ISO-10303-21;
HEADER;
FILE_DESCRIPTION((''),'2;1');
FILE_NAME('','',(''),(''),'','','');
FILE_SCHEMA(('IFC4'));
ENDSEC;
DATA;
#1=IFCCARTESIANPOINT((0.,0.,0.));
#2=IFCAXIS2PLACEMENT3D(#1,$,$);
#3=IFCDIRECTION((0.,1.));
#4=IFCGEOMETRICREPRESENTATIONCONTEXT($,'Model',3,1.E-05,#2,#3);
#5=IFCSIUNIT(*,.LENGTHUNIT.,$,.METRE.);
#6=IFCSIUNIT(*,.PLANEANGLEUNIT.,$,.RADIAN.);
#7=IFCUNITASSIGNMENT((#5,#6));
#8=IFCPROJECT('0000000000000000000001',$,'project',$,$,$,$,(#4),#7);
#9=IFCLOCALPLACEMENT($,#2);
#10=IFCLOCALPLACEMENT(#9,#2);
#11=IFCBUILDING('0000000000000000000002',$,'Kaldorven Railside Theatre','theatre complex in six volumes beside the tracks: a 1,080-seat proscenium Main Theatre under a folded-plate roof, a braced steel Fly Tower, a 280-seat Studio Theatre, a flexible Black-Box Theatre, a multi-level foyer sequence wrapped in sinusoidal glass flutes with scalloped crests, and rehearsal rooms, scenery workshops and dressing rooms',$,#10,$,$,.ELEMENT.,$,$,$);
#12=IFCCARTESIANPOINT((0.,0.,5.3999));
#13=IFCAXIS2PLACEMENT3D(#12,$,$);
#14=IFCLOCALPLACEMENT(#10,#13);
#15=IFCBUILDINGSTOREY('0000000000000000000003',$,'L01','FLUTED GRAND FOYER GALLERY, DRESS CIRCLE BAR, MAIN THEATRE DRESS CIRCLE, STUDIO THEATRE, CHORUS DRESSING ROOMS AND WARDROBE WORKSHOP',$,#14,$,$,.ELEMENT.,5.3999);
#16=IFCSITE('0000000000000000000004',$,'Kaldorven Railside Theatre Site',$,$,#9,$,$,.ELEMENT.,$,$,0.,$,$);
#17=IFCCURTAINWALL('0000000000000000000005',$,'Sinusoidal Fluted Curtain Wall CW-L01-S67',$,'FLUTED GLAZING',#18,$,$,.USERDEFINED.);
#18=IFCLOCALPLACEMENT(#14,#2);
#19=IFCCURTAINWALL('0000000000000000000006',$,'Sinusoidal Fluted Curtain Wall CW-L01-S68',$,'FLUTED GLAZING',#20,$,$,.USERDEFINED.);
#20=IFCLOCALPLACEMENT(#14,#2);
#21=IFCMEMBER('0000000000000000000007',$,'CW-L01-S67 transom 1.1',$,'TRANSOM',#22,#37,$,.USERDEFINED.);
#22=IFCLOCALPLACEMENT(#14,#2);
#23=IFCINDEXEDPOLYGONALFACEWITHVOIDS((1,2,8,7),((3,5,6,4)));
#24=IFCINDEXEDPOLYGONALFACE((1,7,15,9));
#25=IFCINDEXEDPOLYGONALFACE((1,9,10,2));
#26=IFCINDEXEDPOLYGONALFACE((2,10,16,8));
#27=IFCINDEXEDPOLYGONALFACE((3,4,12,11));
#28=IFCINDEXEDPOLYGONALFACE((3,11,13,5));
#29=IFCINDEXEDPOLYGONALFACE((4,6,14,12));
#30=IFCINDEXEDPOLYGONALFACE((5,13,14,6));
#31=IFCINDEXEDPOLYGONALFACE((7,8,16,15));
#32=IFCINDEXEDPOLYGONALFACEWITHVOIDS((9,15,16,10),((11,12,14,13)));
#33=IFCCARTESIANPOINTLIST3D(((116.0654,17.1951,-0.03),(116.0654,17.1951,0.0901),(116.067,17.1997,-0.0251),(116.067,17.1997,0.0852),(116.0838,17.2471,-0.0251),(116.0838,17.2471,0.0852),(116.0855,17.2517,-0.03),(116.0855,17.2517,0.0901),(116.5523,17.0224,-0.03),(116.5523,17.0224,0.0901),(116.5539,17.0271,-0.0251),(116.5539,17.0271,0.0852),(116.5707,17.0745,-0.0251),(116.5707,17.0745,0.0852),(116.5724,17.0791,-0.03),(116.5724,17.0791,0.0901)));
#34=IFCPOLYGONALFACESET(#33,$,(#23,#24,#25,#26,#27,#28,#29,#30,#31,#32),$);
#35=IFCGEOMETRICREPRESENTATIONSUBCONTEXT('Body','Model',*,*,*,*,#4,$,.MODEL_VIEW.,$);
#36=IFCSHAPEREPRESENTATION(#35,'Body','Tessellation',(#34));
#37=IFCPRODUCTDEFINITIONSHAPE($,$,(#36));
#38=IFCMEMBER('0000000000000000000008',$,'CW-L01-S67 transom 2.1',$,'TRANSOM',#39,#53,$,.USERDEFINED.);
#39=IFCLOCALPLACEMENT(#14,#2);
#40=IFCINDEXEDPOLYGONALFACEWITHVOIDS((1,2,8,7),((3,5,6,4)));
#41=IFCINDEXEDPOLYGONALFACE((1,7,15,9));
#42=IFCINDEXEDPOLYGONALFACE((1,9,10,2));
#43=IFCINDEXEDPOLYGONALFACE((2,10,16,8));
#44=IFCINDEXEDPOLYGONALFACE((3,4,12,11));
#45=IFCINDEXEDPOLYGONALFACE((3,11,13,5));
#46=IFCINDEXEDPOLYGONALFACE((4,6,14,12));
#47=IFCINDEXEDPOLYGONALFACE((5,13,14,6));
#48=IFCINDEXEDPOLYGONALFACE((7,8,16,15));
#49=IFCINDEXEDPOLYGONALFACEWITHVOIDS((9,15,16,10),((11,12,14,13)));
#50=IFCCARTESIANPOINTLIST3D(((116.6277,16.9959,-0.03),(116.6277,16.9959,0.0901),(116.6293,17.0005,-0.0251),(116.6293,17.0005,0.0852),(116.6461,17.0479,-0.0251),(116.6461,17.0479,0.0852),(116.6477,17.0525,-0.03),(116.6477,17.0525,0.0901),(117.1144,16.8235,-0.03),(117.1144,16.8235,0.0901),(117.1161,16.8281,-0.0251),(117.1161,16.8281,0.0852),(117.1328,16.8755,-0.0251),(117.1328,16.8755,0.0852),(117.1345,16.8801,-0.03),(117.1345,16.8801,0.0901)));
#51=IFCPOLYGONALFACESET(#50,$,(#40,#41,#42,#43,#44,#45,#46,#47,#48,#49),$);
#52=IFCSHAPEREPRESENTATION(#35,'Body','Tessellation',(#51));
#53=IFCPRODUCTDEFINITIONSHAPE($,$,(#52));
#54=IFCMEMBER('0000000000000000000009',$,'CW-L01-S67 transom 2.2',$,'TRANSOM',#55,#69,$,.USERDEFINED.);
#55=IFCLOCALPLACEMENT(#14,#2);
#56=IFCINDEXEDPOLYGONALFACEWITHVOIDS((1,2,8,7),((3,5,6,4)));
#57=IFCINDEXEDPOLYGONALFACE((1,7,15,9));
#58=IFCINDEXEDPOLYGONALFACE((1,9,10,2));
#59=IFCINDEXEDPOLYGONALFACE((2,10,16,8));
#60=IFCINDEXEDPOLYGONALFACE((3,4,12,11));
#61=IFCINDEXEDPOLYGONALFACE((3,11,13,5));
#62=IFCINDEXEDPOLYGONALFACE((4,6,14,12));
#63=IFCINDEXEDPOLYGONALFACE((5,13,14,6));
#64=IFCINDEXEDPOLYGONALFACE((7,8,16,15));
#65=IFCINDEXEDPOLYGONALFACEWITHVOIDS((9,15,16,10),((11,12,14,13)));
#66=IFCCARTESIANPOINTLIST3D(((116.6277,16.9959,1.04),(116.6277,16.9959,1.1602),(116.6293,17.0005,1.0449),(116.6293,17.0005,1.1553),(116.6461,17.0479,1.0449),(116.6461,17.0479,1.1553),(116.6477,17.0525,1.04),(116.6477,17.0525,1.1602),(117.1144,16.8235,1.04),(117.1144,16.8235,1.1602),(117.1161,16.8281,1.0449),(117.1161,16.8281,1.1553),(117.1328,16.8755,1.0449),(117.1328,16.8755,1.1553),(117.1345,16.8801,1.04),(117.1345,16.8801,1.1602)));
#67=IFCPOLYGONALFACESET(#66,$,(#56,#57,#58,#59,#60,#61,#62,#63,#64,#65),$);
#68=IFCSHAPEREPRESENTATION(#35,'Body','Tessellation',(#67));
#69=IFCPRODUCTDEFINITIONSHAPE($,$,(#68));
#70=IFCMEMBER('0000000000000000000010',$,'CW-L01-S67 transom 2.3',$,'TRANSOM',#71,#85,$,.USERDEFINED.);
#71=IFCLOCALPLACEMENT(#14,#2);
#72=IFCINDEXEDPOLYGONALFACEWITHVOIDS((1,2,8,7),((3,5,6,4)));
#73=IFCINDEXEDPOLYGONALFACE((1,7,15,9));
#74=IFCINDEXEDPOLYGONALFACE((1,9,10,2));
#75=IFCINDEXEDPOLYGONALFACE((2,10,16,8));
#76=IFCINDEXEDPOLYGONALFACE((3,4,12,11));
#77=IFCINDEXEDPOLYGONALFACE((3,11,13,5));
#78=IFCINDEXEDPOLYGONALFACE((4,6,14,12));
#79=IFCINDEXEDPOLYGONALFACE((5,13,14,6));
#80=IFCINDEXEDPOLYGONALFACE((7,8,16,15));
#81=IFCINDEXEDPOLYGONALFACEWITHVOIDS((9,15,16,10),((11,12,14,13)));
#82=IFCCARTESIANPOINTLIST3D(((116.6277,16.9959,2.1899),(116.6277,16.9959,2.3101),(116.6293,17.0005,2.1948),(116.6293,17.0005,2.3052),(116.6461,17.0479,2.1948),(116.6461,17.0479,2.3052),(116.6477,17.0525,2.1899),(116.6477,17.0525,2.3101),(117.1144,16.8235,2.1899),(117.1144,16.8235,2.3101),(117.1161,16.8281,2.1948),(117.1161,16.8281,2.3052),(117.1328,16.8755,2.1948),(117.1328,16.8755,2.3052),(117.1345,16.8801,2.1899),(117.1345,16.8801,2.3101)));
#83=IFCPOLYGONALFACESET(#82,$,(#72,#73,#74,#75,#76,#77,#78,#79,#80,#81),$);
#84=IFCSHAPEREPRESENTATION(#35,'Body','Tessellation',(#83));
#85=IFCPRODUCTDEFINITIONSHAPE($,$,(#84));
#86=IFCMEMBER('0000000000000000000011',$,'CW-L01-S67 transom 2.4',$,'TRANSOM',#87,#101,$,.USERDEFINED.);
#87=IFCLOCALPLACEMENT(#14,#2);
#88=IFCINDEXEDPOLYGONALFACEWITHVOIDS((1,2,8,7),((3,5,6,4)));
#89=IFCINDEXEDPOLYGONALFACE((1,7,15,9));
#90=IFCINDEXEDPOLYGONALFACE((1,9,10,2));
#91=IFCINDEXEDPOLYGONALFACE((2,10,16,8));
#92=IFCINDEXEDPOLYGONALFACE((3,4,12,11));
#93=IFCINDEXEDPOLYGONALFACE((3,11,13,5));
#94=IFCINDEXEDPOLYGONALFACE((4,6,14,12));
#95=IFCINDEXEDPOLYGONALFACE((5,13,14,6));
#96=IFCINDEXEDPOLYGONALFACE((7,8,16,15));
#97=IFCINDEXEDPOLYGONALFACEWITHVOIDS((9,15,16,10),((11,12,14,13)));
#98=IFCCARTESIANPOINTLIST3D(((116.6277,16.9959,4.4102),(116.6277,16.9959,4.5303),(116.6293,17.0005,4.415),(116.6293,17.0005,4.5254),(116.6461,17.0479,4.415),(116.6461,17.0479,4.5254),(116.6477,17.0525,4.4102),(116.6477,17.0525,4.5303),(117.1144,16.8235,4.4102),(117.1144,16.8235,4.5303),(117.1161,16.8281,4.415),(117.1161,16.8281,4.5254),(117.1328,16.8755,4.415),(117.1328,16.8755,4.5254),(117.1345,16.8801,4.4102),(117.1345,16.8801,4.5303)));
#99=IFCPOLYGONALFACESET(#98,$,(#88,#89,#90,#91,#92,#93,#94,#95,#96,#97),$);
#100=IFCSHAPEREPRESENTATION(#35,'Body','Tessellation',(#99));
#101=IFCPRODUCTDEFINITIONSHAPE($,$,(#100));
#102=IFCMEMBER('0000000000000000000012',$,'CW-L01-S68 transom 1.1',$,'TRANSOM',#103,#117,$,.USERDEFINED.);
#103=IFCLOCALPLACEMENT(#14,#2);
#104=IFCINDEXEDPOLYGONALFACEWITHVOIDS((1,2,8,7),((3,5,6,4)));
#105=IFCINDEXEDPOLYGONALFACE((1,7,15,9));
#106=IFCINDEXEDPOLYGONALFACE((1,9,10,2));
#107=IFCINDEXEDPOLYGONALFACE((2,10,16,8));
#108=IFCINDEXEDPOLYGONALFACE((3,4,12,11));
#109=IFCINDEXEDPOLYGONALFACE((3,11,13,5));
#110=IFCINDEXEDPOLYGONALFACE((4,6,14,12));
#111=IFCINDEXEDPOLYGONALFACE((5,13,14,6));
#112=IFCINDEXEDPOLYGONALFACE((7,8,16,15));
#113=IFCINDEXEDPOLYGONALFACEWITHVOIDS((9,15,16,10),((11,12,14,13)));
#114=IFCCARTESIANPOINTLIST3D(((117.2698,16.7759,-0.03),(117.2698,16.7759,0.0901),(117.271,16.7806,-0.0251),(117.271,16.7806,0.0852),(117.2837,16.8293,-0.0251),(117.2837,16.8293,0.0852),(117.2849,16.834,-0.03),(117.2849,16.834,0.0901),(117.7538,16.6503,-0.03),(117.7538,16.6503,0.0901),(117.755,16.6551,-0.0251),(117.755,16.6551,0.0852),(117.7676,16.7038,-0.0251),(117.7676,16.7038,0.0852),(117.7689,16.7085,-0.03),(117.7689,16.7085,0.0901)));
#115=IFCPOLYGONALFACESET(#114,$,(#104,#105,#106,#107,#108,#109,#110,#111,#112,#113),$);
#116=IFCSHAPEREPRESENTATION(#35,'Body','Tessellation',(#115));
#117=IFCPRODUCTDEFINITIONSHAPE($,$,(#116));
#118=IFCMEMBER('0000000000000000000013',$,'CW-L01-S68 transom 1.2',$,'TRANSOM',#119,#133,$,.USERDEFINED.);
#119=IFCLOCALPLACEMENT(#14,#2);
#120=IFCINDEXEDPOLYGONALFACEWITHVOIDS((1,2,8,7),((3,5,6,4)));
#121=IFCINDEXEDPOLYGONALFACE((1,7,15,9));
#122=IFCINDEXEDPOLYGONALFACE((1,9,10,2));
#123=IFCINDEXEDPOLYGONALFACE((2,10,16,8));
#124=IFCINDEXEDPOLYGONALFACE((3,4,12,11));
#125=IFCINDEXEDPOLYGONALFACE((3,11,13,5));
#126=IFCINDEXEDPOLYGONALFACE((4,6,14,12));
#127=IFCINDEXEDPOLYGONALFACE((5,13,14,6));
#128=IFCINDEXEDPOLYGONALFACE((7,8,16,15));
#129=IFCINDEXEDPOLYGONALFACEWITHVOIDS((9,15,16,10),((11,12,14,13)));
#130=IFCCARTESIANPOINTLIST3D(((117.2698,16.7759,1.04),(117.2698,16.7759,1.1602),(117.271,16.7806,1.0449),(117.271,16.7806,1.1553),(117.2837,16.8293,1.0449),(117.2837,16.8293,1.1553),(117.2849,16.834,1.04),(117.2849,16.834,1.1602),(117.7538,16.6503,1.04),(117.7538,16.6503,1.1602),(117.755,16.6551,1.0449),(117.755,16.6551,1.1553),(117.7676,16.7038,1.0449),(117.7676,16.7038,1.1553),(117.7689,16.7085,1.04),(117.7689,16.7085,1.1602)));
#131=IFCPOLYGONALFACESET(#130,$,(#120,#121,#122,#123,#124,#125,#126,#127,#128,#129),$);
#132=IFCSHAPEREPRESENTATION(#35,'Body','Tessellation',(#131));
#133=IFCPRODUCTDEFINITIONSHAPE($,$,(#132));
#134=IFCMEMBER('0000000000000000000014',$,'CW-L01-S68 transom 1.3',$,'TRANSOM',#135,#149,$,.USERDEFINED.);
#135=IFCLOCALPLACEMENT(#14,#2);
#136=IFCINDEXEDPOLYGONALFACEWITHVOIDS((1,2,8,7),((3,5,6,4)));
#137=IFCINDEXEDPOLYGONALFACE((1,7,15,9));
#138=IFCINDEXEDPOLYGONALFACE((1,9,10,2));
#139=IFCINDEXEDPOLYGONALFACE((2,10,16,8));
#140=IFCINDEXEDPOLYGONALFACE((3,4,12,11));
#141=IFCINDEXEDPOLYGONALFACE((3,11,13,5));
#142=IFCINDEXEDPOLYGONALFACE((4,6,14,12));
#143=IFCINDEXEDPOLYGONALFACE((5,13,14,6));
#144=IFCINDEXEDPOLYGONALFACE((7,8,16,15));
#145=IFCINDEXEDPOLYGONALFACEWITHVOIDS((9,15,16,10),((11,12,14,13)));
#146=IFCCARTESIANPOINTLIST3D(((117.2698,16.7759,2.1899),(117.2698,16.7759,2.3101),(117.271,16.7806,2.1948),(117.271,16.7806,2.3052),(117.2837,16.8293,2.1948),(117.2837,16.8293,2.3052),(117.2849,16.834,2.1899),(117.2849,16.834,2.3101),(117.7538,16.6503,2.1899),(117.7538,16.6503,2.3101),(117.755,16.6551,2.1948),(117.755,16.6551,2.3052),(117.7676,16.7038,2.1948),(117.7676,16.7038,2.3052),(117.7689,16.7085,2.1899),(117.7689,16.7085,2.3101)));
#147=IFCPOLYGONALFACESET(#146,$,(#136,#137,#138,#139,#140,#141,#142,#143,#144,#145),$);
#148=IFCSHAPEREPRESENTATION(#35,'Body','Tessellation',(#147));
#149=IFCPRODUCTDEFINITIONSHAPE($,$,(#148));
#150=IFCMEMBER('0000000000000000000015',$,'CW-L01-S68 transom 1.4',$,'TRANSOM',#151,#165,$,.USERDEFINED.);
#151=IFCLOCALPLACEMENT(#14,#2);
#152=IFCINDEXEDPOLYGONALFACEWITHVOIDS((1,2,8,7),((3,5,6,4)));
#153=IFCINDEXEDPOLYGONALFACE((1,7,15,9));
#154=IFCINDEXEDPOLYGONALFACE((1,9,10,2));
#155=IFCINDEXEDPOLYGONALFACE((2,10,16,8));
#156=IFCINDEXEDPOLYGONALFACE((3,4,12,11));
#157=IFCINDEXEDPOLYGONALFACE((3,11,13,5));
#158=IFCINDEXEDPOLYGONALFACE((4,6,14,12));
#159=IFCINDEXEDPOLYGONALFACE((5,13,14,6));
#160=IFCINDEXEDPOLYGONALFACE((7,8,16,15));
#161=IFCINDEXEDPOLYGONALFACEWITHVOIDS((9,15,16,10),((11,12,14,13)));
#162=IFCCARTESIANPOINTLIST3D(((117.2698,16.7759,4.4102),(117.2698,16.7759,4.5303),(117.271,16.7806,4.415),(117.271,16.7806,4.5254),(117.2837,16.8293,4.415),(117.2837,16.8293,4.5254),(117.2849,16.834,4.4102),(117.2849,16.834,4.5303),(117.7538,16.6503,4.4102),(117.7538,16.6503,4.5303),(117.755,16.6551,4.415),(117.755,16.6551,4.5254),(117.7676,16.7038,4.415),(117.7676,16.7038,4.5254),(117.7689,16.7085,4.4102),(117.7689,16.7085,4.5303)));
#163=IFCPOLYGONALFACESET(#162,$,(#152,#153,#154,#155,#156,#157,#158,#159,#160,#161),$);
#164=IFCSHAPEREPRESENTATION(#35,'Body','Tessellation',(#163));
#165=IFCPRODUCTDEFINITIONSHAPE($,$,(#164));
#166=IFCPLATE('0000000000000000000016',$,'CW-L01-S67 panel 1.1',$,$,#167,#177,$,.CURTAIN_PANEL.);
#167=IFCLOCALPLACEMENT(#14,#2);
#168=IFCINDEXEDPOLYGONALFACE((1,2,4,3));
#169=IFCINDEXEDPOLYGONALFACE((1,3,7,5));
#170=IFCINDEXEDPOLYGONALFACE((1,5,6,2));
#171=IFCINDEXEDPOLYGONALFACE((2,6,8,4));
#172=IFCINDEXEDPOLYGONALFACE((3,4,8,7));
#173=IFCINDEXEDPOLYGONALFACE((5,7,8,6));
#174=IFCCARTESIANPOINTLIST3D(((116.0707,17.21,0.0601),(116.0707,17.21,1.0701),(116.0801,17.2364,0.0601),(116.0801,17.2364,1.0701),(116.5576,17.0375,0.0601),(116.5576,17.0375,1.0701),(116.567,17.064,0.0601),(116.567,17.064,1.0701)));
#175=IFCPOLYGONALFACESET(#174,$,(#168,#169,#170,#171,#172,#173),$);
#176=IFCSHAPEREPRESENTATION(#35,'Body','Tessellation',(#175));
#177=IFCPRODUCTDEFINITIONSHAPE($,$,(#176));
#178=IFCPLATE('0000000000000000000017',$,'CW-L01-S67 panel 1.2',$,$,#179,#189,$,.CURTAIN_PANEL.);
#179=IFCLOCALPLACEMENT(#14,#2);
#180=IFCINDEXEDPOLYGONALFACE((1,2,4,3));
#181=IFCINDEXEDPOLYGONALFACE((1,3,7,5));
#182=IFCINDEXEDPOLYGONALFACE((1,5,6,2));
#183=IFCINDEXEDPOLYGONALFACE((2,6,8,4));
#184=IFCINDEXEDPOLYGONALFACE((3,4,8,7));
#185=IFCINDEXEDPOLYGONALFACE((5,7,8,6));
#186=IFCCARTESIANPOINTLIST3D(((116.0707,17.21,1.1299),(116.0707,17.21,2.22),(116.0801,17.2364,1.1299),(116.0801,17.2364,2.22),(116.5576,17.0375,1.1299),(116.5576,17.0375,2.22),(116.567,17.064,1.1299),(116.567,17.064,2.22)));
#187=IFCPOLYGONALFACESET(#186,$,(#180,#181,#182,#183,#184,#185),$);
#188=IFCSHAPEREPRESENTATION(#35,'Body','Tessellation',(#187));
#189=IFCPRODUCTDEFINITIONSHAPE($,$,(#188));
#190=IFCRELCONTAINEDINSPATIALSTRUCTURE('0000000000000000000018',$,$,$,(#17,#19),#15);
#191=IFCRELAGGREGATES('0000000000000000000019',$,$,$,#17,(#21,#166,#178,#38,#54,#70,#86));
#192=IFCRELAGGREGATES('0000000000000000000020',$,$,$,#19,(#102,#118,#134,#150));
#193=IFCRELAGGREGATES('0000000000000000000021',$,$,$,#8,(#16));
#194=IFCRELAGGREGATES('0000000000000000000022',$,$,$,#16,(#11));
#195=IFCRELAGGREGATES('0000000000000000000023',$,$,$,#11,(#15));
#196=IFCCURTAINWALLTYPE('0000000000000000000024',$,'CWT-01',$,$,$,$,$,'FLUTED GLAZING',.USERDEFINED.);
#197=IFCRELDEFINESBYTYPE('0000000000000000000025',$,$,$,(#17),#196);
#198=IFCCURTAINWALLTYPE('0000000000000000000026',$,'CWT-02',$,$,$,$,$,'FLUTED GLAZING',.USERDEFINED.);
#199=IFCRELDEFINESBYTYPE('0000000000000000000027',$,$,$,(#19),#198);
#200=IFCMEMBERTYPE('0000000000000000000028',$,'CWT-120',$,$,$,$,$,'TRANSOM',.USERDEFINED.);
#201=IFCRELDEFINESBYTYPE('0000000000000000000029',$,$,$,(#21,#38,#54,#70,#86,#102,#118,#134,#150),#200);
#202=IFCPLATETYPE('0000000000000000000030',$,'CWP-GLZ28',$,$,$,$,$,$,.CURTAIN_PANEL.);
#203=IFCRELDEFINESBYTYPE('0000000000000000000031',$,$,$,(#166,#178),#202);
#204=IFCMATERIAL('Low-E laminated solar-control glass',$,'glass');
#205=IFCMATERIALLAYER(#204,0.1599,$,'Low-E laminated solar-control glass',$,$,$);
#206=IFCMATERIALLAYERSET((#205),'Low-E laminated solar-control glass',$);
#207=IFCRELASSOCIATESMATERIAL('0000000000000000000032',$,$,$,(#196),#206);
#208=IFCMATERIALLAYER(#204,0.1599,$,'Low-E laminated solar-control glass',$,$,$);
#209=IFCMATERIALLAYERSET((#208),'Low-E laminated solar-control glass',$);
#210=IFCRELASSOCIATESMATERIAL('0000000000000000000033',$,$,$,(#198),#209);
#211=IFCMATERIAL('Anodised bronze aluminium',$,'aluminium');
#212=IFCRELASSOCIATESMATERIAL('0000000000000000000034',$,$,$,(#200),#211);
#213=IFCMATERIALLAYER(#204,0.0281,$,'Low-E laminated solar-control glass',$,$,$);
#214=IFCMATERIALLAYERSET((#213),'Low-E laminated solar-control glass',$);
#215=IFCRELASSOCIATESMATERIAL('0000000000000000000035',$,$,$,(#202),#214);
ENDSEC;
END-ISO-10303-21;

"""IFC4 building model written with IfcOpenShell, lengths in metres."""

from ifc_helpers import new_model, si_unit, direction, frame, origin, origin_2d, place, context, subcontext, project, spatial, rectangle, hollow_rectangle, extrude, material, layer, layer_set, material_profile, profile_set, type_object, element, aggregate, save


model = new_model("IFC4")

# Units and contexts
model_context = context("Model", 3, precision=1e-05, world=origin(), true_north=direction((0.0, 1.0)))
body_context = subcontext(model_context, "Body", "Model", "MODEL_VIEW")
ifc_project = project(units=[si_unit("LENGTHUNIT", "METRE"), si_unit("PLANEANGLEUNIT", "RADIAN")], contexts=[model_context])

# Site, building, storey
site_placement = place(None, origin())
site = spatial("IfcSite", under=ifc_project, at=site_placement, Name="Kaldorven Railside Theatre Site", CompositionType="ELEMENT", RefElevation=0.0)
building_placement = place(site_placement, origin())
building = spatial("IfcBuilding", under=site, at=building_placement, Name="Kaldorven Railside Theatre", Description="theatre complex in six volumes beside the tracks: a 1,080-seat proscenium Main Theatre under a folded-plate roof, a braced steel Fly Tower, a 280-seat Studio Theatre, a flexible Black-Box Theatre, a multi-level foyer sequence wrapped in sinusoidal glass flutes with scalloped crests, and rehearsal rooms, scenery workshops and dressing rooms", CompositionType="ELEMENT")
storey_placement = place(building_placement, frame((0.0, 0.0, 5.3999)))
storey = spatial("IfcBuildingStorey", under=building, at=storey_placement, Name="L01", Description="FLUTED GRAND FOYER GALLERY, DRESS CIRCLE BAR, MAIN THEATRE DRESS CIRCLE, STUDIO THEATRE, CHORUS DRESSING ROOMS AND WARDROBE WORKSHOP", CompositionType="ELEMENT", Elevation=5.3999)

# Curtain wall
ifc_material_1 = material(Name="Low-E laminated solar-control glass", Category="glass")
ifc_layer_1 = layer(ifc_material_1, 0.1599, Name="Low-E laminated solar-control glass")
ifc_layer_set_1 = layer_set([ifc_layer_1], Name="Low-E laminated solar-control glass")
curtain_wall_type_1 = type_object("IfcCurtainWallType", Name="CWT-01", ElementType="FLUTED GLAZING", PredefinedType="USERDEFINED", material=ifc_layer_set_1)
curtain_wall_1_placement = place(storey_placement, origin())
curtain_wall_1 = element("IfcCurtainWall", 1, at=curtain_wall_1_placement, inside=storey, type_object=curtain_wall_type_1, Name="Sinusoidal Fluted Curtain Wall CW-L01-S67", ObjectType="FLUTED GLAZING", PredefinedType="USERDEFINED")
ifc_material_2 = material(Name="Anodised bronze aluminium", Category="aluminium")

# Curtain wall
ifc_layer_2 = layer(ifc_material_1, 0.1599, Name="Low-E laminated solar-control glass")
ifc_layer_set_2 = layer_set([ifc_layer_2], Name="Low-E laminated solar-control glass")
curtain_wall_type_2 = type_object("IfcCurtainWallType", Name="CWT-02", ElementType="FLUTED GLAZING", PredefinedType="USERDEFINED", material=ifc_layer_set_2)
curtain_wall_2_placement = place(storey_placement, origin())
curtain_wall_2 = element("IfcCurtainWall", 2, at=curtain_wall_2_placement, inside=storey, type_object=curtain_wall_type_2, Name="Sinusoidal Fluted Curtain Wall CW-L01-S68", ObjectType="FLUTED GLAZING", PredefinedType="USERDEFINED")

# Members
ifc_material_profile_1 = material_profile(ifc_material_2, hollow_rectangle(XDim=0.0601, YDim=0.1201, WallThickness=0.0049, at=origin_2d()), Name="RHS 120x60x5")
ifc_profile_set_1 = profile_set([ifc_material_profile_1], Name="Anodised bronze aluminium")
member_type_1 = type_object("IfcMemberType", Name="CWT-120", ElementType="TRANSOM", PredefinedType="USERDEFINED", material=ifc_profile_set_1)
member_1_placement = place(storey_placement, frame((116.0754, 17.2234, 0.03), z_axis=(0.942509, -0.33418, 0.0), x_axis=(0.33418, 0.942509, 0.0)))
member_1 = element("IfcMember", 3, at=member_1_placement, type_object=member_type_1, Name="CW-L01-S67 transom 1.1", ObjectType="TRANSOM", PredefinedType="USERDEFINED", context=body_context, shape_type="SweptSolid", body=[
    extrude(hollow_rectangle(XDim=0.0601, YDim=0.1201, WallThickness=0.0049, at=origin_2d()), origin(), (0.0, 0.0, 1.0), 0.5166),
])
member_2_placement = place(storey_placement, frame((116.6377, 17.0242, 0.03), z_axis=(0.942658, -0.33376, 0.0), x_axis=(0.33376, 0.942658, 0.0)))
member_2 = element("IfcMember", 4, at=member_2_placement, type_object=member_type_1, Name="CW-L01-S67 transom 2.1", ObjectType="TRANSOM", PredefinedType="USERDEFINED", context=body_context, shape_type="SweptSolid", body=[
    extrude(hollow_rectangle(XDim=0.0601, YDim=0.1201, WallThickness=0.0049, at=origin_2d()), origin(), (0.0, 0.0, 1.0), 0.5164),
])
member_3_placement = place(storey_placement, frame((116.6377, 17.0242, 1.1001), z_axis=(0.942658, -0.33376, 0.0), x_axis=(0.33376, 0.942658, 0.0)))
member_3 = element("IfcMember", 5, at=member_3_placement, type_object=member_type_1, Name="CW-L01-S67 transom 2.2", ObjectType="TRANSOM", PredefinedType="USERDEFINED", context=body_context, shape_type="SweptSolid", body=[
    extrude(hollow_rectangle(XDim=0.0601, YDim=0.1201, WallThickness=0.0049, at=origin_2d()), origin(), (0.0, 0.0, 1.0), 0.5164),
])
member_4_placement = place(storey_placement, frame((116.6377, 17.0242, 2.25), z_axis=(0.942658, -0.33376, 0.0), x_axis=(0.33376, 0.942658, 0.0)))
member_4 = element("IfcMember", 6, at=member_4_placement, type_object=member_type_1, Name="CW-L01-S67 transom 2.3", ObjectType="TRANSOM", PredefinedType="USERDEFINED", context=body_context, shape_type="SweptSolid", body=[
    extrude(hollow_rectangle(XDim=0.0601, YDim=0.1201, WallThickness=0.0049, at=origin_2d()), origin(), (0.0, 0.0, 1.0), 0.5164),
])
member_5_placement = place(storey_placement, frame((116.6377, 17.0242, 4.4702), z_axis=(0.942658, -0.33376, 0.0), x_axis=(0.33376, 0.942658, 0.0)))
member_5 = element("IfcMember", 7, at=member_5_placement, type_object=member_type_1, Name="CW-L01-S67 transom 2.4", ObjectType="TRANSOM", PredefinedType="USERDEFINED", context=body_context, shape_type="SweptSolid", body=[
    extrude(hollow_rectangle(XDim=0.0601, YDim=0.1201, WallThickness=0.0049, at=origin_2d()), origin(), (0.0, 0.0, 1.0), 0.5164),
])
member_6_placement = place(storey_placement, frame((117.2773, 16.8049, 0.03), z_axis=(0.967979, -0.25103, 0.0), x_axis=(0.25103, 0.967979, 0.0)))
member_6 = element("IfcMember", 8, at=member_6_placement, type_object=member_type_1, Name="CW-L01-S68 transom 1.1", ObjectType="TRANSOM", PredefinedType="USERDEFINED", context=body_context, shape_type="SweptSolid", body=[
    extrude(hollow_rectangle(XDim=0.0601, YDim=0.1201, WallThickness=0.0049, at=origin_2d()), origin(), (0.0, 0.0, 1.0), 0.5),
])
member_7_placement = place(storey_placement, frame((117.2773, 16.8049, 1.1001), z_axis=(0.967979, -0.25103, 0.0), x_axis=(0.25103, 0.967979, 0.0)))
member_7 = element("IfcMember", 9, at=member_7_placement, type_object=member_type_1, Name="CW-L01-S68 transom 1.2", ObjectType="TRANSOM", PredefinedType="USERDEFINED", context=body_context, shape_type="SweptSolid", body=[
    extrude(hollow_rectangle(XDim=0.0601, YDim=0.1201, WallThickness=0.0049, at=origin_2d()), origin(), (0.0, 0.0, 1.0), 0.5),
])
member_8_placement = place(storey_placement, frame((117.2773, 16.8049, 2.25), z_axis=(0.967979, -0.25103, 0.0), x_axis=(0.25103, 0.967979, 0.0)))
member_8 = element("IfcMember", 10, at=member_8_placement, type_object=member_type_1, Name="CW-L01-S68 transom 1.3", ObjectType="TRANSOM", PredefinedType="USERDEFINED", context=body_context, shape_type="SweptSolid", body=[
    extrude(hollow_rectangle(XDim=0.0601, YDim=0.1201, WallThickness=0.0049, at=origin_2d()), origin(), (0.0, 0.0, 1.0), 0.5),
])
member_9_placement = place(storey_placement, frame((117.2773, 16.8049, 4.4702), z_axis=(0.967979, -0.25103, 0.0), x_axis=(0.25103, 0.967979, 0.0)))
member_9 = element("IfcMember", 11, at=member_9_placement, type_object=member_type_1, Name="CW-L01-S68 transom 1.4", ObjectType="TRANSOM", PredefinedType="USERDEFINED", context=body_context, shape_type="SweptSolid", body=[
    extrude(hollow_rectangle(XDim=0.0601, YDim=0.1201, WallThickness=0.0049, at=origin_2d()), origin(), (0.0, 0.0, 1.0), 0.5),
])

# Plates
ifc_layer_3 = layer(ifc_material_1, 0.0281, Name="Low-E laminated solar-control glass")
ifc_layer_set_3 = layer_set([ifc_layer_3], Name="Low-E laminated solar-control glass")
plate_type = type_object("IfcPlateType", Name="CWP-GLZ28", PredefinedType="CURTAIN_PANEL", material=ifc_layer_set_3)
plate_1_placement = place(storey_placement, frame((116.3188, 17.137, 0.0601), z_axis=(0.0, 0.0, 1.0), x_axis=(0.942627, -0.333847, 0.0)))
plate_1 = element("IfcPlate", 12, at=plate_1_placement, type_object=plate_type, Name="CW-L01-S67 panel 1.1", PredefinedType="CURTAIN_PANEL", context=body_context, shape_type="SweptSolid", body=[
    extrude(rectangle(XDim=0.5166, YDim=0.0281, at=origin_2d()), origin(), (0.0, 0.0, 1.0), 1.01),
])
plate_2_placement = place(storey_placement, frame((116.3188, 17.137, 1.1299), z_axis=(0.0, 0.0, 1.0), x_axis=(0.942627, -0.333847, 0.0)))
plate_2 = element("IfcPlate", 13, at=plate_2_placement, type_object=plate_type, Name="CW-L01-S67 panel 1.2", PredefinedType="CURTAIN_PANEL", context=body_context, shape_type="SweptSolid", body=[
    extrude(rectangle(XDim=0.5166, YDim=0.0281, at=origin_2d()), origin(), (0.0, 0.0, 1.0), 1.0901),
])
aggregate(curtain_wall_1, [member_1, plate_1, plate_2, member_2, member_3, member_4, member_5])
aggregate(curtain_wall_2, [member_6, member_7, member_8, member_9])

save(model, "model.ifc")
